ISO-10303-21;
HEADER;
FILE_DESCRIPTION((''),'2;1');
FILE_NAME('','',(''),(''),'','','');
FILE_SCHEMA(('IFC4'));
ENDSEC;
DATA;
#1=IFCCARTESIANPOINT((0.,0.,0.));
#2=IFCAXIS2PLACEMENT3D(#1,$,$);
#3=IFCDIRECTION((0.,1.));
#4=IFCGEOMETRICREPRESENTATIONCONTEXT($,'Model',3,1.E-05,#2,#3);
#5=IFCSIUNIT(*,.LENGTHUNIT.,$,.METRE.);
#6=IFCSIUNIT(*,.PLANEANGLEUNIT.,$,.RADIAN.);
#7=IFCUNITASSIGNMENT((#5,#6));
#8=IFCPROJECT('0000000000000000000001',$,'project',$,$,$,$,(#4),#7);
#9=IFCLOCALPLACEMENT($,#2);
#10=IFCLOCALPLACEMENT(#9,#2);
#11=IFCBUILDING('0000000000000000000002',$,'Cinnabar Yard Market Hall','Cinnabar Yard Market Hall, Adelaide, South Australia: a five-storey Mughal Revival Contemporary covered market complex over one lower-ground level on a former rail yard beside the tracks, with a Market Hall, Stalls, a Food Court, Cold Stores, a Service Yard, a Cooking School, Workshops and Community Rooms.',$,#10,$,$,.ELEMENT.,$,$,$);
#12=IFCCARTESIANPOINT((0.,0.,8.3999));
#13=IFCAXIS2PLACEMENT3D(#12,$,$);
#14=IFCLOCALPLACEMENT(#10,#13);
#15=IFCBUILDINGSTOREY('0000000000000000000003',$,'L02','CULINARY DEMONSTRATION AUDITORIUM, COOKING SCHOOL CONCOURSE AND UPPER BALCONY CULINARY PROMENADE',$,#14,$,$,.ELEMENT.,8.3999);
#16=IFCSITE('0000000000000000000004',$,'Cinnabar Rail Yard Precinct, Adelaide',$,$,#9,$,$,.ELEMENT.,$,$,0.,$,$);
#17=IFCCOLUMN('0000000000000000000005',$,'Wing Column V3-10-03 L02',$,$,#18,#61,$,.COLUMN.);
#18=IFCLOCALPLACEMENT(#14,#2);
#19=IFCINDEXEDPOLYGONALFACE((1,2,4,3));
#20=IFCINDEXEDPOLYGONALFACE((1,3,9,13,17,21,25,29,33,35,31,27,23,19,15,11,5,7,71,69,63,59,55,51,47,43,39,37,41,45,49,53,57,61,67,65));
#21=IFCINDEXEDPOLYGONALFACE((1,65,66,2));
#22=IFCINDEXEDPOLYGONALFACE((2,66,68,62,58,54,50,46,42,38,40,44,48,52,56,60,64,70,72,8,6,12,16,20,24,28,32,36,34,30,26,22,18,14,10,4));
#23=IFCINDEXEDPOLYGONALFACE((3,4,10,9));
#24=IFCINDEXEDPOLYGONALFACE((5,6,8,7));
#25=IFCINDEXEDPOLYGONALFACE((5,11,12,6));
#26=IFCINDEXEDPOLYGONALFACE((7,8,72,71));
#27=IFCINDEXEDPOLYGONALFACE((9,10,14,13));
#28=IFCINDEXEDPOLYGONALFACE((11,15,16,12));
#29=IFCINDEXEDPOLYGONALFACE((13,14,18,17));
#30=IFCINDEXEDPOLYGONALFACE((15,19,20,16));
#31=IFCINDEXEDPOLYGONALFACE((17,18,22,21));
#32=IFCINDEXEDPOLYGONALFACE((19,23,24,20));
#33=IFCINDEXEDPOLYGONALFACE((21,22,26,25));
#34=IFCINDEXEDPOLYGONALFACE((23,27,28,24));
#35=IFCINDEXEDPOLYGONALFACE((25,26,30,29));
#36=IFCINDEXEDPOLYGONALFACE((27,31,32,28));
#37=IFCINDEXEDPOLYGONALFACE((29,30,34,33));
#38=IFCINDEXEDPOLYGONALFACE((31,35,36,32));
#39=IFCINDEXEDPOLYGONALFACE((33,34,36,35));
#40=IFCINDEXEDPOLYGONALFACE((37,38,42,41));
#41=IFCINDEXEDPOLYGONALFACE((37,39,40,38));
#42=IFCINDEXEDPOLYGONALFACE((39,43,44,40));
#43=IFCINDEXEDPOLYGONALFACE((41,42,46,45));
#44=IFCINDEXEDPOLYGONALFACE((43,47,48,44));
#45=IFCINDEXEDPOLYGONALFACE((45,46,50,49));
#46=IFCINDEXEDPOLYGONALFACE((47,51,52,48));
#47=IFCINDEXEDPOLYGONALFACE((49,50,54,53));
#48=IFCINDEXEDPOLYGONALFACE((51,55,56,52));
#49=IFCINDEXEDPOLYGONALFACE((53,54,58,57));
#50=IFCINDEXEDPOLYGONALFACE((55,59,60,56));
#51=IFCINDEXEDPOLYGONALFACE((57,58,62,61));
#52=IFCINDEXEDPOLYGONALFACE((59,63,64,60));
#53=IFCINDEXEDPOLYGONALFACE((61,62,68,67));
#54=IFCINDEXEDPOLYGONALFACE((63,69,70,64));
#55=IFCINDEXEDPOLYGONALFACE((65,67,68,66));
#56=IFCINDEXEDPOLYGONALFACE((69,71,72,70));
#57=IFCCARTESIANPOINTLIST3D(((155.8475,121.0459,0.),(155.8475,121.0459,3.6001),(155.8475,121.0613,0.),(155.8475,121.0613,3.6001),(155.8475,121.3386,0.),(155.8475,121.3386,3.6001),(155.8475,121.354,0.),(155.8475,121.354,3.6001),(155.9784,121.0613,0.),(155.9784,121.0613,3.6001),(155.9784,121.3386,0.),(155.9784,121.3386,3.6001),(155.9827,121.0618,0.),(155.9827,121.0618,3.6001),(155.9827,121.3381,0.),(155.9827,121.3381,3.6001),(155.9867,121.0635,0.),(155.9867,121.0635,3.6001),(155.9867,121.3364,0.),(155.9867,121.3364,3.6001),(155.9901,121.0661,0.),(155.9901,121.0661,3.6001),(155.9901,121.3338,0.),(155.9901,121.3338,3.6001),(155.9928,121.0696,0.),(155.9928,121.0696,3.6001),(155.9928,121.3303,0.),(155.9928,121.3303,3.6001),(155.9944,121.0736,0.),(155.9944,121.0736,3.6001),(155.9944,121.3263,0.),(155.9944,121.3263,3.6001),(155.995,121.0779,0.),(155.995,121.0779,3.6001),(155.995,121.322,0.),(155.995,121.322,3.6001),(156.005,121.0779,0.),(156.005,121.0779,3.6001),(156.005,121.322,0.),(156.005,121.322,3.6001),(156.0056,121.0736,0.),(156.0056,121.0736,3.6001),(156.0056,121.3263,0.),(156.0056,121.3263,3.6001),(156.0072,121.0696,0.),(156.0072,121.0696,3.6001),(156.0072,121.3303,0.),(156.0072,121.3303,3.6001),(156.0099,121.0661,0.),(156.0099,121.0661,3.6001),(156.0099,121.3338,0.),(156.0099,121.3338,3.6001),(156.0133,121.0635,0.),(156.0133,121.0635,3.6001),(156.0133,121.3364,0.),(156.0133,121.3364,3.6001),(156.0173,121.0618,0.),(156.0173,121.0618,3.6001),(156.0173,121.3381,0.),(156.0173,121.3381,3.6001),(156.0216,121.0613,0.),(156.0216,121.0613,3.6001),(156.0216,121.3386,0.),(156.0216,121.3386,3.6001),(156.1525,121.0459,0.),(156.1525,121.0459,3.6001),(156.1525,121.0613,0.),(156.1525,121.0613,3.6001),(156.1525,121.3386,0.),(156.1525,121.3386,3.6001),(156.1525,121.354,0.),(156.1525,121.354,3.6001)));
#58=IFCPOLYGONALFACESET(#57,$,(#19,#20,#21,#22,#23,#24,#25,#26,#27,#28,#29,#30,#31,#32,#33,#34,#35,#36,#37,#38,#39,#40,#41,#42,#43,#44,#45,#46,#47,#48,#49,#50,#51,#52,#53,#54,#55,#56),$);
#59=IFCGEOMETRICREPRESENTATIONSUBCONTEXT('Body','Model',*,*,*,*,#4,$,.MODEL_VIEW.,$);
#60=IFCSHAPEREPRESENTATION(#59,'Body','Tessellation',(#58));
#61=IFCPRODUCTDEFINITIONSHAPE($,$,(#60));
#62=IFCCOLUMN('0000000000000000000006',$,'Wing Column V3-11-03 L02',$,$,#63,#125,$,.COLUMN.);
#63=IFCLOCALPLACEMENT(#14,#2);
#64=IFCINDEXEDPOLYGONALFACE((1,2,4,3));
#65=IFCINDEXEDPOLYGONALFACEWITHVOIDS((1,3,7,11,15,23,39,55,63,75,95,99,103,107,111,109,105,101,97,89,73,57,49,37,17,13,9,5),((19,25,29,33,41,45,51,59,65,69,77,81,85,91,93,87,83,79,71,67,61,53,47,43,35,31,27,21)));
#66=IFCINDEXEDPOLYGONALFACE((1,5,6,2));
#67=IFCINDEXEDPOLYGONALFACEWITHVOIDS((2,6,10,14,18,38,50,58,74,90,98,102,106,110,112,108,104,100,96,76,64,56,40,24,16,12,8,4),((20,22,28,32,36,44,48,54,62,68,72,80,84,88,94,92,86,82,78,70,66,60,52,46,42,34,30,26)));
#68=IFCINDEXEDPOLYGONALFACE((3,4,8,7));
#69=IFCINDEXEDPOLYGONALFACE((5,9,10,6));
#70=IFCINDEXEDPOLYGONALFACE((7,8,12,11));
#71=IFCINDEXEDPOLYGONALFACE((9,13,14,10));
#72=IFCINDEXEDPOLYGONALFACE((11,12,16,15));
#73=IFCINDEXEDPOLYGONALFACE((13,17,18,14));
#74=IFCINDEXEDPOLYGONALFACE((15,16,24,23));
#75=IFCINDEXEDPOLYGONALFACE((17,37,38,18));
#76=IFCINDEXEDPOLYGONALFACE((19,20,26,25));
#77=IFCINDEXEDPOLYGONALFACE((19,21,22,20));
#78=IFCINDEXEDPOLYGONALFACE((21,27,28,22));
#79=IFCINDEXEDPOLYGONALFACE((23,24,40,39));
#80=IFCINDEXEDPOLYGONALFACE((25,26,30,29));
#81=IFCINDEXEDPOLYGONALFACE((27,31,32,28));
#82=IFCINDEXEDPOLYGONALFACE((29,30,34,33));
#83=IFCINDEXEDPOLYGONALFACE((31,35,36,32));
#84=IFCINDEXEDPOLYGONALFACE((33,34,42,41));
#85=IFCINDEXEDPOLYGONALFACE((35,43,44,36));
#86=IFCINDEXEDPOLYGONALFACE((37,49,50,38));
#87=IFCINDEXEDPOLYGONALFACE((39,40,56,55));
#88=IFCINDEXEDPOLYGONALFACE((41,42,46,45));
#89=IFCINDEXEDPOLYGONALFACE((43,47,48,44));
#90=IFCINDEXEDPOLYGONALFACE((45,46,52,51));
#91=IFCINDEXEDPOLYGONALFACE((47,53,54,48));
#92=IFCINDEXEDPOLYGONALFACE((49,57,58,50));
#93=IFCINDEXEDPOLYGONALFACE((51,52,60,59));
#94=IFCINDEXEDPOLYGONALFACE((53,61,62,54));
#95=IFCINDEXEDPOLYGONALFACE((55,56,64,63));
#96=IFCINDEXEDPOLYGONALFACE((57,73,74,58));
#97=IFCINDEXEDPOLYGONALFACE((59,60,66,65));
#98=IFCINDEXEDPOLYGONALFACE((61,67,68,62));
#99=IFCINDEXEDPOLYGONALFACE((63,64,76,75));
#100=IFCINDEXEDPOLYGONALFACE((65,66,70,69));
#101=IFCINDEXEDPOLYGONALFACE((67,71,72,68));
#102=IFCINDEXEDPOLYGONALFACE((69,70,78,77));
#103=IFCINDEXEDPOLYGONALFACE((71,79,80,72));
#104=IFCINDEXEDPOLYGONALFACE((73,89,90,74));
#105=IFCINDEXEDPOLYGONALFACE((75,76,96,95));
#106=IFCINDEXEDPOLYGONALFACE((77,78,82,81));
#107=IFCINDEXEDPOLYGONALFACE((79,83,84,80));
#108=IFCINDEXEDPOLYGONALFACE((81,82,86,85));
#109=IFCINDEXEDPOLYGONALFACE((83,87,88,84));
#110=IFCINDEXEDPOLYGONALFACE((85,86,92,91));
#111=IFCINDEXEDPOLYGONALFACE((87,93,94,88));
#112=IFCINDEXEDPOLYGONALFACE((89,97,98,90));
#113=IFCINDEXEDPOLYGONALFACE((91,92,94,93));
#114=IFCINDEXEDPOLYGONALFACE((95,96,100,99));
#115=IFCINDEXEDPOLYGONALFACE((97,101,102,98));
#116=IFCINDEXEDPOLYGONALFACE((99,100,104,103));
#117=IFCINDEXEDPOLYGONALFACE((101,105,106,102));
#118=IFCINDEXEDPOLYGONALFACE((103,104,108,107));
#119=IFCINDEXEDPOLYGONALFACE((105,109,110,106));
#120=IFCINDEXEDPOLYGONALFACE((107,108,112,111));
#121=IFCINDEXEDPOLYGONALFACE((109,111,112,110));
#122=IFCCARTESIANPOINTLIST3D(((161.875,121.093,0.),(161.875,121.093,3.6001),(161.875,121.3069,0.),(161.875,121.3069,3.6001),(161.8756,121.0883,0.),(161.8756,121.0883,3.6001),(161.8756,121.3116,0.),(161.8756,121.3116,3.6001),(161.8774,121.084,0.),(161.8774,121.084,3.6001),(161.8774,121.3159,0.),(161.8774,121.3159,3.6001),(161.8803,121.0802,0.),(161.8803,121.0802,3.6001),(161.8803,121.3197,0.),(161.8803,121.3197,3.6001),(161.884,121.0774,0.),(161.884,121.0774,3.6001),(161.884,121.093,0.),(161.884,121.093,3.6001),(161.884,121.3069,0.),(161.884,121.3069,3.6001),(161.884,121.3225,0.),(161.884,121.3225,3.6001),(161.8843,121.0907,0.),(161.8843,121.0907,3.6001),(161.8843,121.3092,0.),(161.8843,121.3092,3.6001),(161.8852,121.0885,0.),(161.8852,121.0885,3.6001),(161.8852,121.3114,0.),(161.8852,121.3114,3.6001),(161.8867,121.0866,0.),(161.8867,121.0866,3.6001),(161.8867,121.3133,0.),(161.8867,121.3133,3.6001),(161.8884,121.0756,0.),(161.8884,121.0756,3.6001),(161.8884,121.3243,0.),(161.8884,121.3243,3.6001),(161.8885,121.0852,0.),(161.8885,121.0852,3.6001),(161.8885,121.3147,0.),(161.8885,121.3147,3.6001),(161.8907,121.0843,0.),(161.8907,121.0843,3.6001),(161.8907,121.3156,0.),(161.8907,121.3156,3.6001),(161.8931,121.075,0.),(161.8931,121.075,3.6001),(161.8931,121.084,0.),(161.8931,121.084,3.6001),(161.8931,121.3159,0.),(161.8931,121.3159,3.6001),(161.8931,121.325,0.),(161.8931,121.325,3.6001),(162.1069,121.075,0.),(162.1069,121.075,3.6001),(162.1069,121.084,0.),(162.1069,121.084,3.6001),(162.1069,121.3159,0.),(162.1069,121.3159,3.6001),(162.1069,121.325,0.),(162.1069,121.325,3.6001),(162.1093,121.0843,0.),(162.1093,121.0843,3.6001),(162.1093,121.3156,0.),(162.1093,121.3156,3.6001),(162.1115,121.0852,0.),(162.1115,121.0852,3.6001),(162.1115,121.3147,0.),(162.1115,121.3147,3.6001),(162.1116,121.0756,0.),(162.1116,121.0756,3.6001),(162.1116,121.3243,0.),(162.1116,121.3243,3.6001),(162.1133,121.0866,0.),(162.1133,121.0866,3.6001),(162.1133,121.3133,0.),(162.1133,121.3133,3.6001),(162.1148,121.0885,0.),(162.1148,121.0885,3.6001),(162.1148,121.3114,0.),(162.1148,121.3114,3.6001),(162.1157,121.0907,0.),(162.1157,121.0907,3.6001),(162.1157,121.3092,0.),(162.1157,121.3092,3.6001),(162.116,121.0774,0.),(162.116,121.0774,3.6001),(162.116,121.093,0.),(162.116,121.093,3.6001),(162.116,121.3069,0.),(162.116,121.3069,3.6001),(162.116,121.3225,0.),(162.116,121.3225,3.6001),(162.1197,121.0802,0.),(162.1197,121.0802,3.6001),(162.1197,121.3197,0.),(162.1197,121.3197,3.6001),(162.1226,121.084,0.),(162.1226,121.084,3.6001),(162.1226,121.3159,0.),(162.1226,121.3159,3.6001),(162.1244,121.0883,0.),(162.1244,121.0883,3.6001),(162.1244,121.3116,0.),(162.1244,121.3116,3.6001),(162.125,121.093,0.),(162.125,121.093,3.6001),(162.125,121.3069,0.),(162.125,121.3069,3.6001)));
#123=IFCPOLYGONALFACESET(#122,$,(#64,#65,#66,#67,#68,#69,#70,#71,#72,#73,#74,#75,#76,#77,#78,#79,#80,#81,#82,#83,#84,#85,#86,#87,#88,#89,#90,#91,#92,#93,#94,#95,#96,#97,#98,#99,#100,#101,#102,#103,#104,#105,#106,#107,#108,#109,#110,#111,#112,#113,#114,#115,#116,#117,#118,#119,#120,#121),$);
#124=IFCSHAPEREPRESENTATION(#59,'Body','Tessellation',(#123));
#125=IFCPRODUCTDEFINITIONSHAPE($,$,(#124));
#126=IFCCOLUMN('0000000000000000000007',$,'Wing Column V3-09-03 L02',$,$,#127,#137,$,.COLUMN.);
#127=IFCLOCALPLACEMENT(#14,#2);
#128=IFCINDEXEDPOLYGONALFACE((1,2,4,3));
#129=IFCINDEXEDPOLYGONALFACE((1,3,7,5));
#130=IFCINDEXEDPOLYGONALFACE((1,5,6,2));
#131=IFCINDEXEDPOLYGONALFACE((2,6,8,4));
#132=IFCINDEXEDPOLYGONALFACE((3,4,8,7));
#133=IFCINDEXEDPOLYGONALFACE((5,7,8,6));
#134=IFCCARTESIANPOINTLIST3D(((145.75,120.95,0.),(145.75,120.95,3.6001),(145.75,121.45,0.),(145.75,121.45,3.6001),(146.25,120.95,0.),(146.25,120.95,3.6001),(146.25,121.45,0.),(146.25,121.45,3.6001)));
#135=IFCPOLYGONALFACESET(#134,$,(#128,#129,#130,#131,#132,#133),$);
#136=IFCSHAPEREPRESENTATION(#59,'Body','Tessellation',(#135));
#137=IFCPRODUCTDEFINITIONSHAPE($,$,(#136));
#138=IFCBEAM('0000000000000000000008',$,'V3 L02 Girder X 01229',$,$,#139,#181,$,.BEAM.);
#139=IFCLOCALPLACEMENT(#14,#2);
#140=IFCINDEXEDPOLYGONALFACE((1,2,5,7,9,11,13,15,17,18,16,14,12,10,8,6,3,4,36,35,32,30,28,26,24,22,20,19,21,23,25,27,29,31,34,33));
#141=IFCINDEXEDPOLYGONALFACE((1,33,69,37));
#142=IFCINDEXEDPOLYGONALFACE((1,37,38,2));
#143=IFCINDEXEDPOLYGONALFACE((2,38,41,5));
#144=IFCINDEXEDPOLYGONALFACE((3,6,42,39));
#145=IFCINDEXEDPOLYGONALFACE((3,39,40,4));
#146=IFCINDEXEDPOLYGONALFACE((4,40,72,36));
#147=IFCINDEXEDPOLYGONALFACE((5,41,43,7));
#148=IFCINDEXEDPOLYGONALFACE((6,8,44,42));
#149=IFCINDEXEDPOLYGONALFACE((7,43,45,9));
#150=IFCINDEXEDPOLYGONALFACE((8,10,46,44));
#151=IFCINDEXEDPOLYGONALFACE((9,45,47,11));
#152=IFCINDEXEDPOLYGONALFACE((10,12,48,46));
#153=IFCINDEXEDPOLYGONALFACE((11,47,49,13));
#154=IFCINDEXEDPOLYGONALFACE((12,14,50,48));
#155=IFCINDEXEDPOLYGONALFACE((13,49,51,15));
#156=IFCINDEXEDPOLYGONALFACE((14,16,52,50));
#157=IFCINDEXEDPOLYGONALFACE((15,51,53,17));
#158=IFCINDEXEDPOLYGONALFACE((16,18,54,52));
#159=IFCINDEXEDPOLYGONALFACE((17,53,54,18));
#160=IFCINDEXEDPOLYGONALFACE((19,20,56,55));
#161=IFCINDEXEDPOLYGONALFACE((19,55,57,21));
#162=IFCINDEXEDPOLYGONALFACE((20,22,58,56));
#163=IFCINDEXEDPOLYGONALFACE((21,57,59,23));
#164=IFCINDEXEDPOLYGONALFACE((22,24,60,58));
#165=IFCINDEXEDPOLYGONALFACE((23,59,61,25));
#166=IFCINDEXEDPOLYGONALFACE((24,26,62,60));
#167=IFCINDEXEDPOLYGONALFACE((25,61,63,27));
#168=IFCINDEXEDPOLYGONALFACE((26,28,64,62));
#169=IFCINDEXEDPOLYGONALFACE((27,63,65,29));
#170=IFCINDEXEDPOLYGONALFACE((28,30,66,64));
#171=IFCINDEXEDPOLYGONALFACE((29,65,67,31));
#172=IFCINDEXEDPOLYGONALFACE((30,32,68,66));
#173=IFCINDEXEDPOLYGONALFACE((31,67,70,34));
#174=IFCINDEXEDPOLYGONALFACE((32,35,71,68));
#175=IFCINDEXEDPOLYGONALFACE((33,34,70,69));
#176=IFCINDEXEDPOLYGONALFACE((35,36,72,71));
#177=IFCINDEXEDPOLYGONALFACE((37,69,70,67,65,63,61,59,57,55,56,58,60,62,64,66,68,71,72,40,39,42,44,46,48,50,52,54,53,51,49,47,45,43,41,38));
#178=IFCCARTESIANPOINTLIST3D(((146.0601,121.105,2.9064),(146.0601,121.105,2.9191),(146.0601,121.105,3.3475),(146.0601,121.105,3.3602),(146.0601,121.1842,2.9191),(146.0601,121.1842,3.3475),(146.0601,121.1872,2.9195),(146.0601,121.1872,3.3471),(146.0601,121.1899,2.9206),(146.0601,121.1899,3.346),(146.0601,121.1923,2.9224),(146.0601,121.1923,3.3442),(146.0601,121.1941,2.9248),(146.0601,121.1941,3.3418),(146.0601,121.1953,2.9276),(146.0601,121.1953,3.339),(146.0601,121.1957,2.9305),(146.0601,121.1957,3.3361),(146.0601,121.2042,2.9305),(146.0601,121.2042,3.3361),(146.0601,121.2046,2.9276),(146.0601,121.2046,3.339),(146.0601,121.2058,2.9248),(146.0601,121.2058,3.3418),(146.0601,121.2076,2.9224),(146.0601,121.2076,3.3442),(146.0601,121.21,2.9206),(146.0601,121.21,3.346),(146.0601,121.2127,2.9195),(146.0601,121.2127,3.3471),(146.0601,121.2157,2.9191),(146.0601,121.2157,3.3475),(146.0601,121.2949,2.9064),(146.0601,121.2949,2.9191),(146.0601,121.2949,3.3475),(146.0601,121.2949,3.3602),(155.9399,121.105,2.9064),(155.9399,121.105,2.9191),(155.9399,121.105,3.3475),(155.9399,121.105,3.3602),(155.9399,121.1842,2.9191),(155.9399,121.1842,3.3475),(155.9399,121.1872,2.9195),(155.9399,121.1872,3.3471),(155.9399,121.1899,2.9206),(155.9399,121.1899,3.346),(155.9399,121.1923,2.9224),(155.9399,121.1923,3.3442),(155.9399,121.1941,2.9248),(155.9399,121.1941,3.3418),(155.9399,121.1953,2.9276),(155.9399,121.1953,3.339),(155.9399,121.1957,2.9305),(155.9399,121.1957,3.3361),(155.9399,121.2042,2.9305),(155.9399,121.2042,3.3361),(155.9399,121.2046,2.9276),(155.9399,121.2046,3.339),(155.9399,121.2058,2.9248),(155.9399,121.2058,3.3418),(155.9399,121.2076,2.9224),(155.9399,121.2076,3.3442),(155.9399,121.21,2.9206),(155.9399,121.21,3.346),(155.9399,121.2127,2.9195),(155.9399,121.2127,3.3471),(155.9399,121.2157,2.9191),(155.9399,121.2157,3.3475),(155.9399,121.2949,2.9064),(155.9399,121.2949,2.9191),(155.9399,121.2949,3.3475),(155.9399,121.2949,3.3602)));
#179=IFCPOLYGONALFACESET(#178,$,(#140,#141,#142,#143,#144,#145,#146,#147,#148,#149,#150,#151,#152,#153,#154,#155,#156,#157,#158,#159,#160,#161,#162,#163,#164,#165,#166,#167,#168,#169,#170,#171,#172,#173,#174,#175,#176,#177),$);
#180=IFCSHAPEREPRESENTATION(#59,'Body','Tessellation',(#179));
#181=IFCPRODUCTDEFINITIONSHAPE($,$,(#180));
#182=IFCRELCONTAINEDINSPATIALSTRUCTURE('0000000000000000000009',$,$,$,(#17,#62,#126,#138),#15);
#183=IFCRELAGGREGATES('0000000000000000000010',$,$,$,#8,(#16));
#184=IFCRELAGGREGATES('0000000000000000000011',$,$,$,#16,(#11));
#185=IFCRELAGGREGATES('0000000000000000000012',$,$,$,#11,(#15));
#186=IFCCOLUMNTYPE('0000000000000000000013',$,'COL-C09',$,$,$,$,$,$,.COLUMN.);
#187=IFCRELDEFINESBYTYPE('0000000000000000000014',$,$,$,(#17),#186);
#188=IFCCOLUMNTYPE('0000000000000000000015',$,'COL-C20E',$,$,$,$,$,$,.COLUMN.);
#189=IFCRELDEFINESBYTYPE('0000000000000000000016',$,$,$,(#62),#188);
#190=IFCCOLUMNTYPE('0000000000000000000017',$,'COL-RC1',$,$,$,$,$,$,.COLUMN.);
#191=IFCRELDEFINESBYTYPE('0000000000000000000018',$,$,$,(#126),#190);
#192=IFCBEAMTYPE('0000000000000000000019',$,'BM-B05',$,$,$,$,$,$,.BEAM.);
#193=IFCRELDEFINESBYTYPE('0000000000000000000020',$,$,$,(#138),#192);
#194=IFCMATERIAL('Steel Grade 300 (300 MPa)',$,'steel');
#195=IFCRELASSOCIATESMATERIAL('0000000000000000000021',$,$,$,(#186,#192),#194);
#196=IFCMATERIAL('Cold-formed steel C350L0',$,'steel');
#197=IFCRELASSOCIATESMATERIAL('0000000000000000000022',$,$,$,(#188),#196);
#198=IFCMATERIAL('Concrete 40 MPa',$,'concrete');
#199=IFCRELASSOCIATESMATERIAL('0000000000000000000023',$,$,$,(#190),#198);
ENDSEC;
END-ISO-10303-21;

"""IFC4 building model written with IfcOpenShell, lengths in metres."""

from ifc_helpers import new_model, si_unit, direction, frame, origin, origin_2d_with_axis, place, context, subcontext, project, spatial, rectangle, hollow_rectangle, i_section, extrude, material, material_profile, profile_set, type_object, element, save


model = new_model("IFC4")

# Units and contexts
model_context = context("Model", 3, precision=1e-05, world=origin(), true_north=direction((0.0, 1.0)))
body_context = subcontext(model_context, "Body", "Model", "MODEL_VIEW")
ifc_project = project(units=[si_unit("LENGTHUNIT", "METRE"), si_unit("PLANEANGLEUNIT", "RADIAN")], contexts=[model_context])

# Site, building, storey
site_placement = place(None, origin())
site = spatial("IfcSite", under=ifc_project, at=site_placement, Name="Cinnabar Rail Yard Precinct, Adelaide", CompositionType="ELEMENT", RefElevation=0.0)
building_placement = place(site_placement, origin())
building = spatial("IfcBuilding", under=site, at=building_placement, Name="Cinnabar Yard Market Hall", Description="Cinnabar Yard Market Hall, Adelaide, South Australia: a five-storey Mughal Revival Contemporary covered market complex over one lower-ground level on a former rail yard beside the tracks, with a Market Hall, Stalls, a Food Court, Cold Stores, a Service Yard, a Cooking School, Workshops and Community Rooms.", CompositionType="ELEMENT")
storey_placement = place(building_placement, frame((0.0, 0.0, 8.3999)))
storey = spatial("IfcBuildingStorey", under=building, at=storey_placement, Name="L02", Description="CULINARY DEMONSTRATION AUDITORIUM, COOKING SCHOOL CONCOURSE AND UPPER BALCONY CULINARY PROMENADE", CompositionType="ELEMENT", Elevation=8.3999)

# Columns
ifc_material_1 = material(Name="Steel Grade 300 (300 MPa)", Category="steel")
ifc_material_profile_1 = material_profile(ifc_material_1, i_section(OverallWidth=0.3049, OverallDepth=0.3081, WebThickness=0.01, FlangeThickness=0.0154, FilletRadius=0.0166, at=origin_2d_with_axis()), Name="310UC96.8")
ifc_profile_set_1 = profile_set([ifc_material_profile_1], Name="Steel Grade 300 (300 MPa)")
column_type_1 = type_object("IfcColumnType", Name="COL-C09", PredefinedType="COLUMN", material=ifc_profile_set_1)
column_1_placement = place(storey_placement, frame((156.0, 121.2, 0.0), z_axis=(0.0, 0.0, 1.0), x_axis=(1.0, 0.0, 0.0)))
element("IfcColumn", 1, at=column_1_placement, inside=storey, type_object=column_type_1, Name="Wing Column V3-10-03 L02", PredefinedType="COLUMN", context=body_context, shape_type="SweptSolid", body=[
    extrude(i_section(OverallWidth=0.3049, OverallDepth=0.3081, WebThickness=0.01, FlangeThickness=0.0154, FilletRadius=0.0166, at=origin_2d_with_axis()), origin(), (0.0, 0.0, 1.0), 3.6001),
])
ifc_material_2 = material(Name="Cold-formed steel C350L0", Category="steel")
ifc_material_profile_2 = material_profile(ifc_material_2, hollow_rectangle(XDim=0.25, YDim=0.25, WallThickness=0.009, InnerFilletRadius=0.009, OuterFilletRadius=0.0181, at=origin_2d_with_axis()), Name="250x250x9.0SHS")
ifc_profile_set_2 = profile_set([ifc_material_profile_2], Name="Cold-formed steel C350L0")
column_type_2 = type_object("IfcColumnType", Name="COL-C20E", PredefinedType="COLUMN", material=ifc_profile_set_2)
column_2_placement = place(storey_placement, frame((162.0, 121.2, 0.0), z_axis=(0.0, 0.0, 1.0), x_axis=(1.0, 0.0, 0.0)))
element("IfcColumn", 2, at=column_2_placement, inside=storey, type_object=column_type_2, Name="Wing Column V3-11-03 L02", PredefinedType="COLUMN", context=body_context, shape_type="SweptSolid", body=[
    extrude(hollow_rectangle(XDim=0.25, YDim=0.25, WallThickness=0.009, InnerFilletRadius=0.009, OuterFilletRadius=0.0181, at=origin_2d_with_axis()), origin(), (0.0, 0.0, 1.0), 3.6001),
])
ifc_material_3 = material(Name="Concrete 40 MPa", Category="concrete")
ifc_material_profile_3 = material_profile(ifc_material_3, rectangle(XDim=0.5, YDim=0.5, at=origin_2d_with_axis()), Name="RC-500x500")
ifc_profile_set_3 = profile_set([ifc_material_profile_3], Name="Concrete 40 MPa")
column_type_3 = type_object("IfcColumnType", Name="COL-RC1", PredefinedType="COLUMN", material=ifc_profile_set_3)
column_3_placement = place(storey_placement, frame((146.0, 121.2, 0.0), z_axis=(0.0, 0.0, 1.0), x_axis=(1.0, 0.0, 0.0)))
element("IfcColumn", 3, at=column_3_placement, inside=storey, type_object=column_type_3, Name="Wing Column V3-09-03 L02", PredefinedType="COLUMN", context=body_context, shape_type="SweptSolid", body=[
    extrude(rectangle(XDim=0.5, YDim=0.5, at=origin_2d_with_axis()), origin(), (0.0, 0.0, 1.0), 3.6001),
])

# Beam
ifc_material_profile_4 = material_profile(ifc_material_1, i_section(OverallWidth=0.1899, OverallDepth=0.4539, WebThickness=0.0085, FlangeThickness=0.0127, FilletRadius=0.0115, at=origin_2d_with_axis()), Name="460UB67.1")
ifc_profile_set_4 = profile_set([ifc_material_profile_4], Name="Steel Grade 300 (300 MPa)")
beam_type_1 = type_object("IfcBeamType", Name="BM-B05", PredefinedType="BEAM", material=ifc_profile_set_4)
beam_1_placement = place(storey_placement, frame((146.0601, 121.2, 3.1333), z_axis=(1.0, 0.0, 0.0), x_axis=(0.0, 1.0, 0.0)))
element("IfcBeam", 4, at=beam_1_placement, inside=storey, type_object=beam_type_1, Name="V3 L02 Girder X 01229", PredefinedType="BEAM", context=body_context, shape_type="SweptSolid", body=[
    extrude(i_section(OverallWidth=0.1899, OverallDepth=0.4539, WebThickness=0.0085, FlangeThickness=0.0127, FilletRadius=0.0115, at=origin_2d_with_axis()), origin(), (0.0, 0.0, 1.0), 9.8799),
])

save(model, "model.ifc")
